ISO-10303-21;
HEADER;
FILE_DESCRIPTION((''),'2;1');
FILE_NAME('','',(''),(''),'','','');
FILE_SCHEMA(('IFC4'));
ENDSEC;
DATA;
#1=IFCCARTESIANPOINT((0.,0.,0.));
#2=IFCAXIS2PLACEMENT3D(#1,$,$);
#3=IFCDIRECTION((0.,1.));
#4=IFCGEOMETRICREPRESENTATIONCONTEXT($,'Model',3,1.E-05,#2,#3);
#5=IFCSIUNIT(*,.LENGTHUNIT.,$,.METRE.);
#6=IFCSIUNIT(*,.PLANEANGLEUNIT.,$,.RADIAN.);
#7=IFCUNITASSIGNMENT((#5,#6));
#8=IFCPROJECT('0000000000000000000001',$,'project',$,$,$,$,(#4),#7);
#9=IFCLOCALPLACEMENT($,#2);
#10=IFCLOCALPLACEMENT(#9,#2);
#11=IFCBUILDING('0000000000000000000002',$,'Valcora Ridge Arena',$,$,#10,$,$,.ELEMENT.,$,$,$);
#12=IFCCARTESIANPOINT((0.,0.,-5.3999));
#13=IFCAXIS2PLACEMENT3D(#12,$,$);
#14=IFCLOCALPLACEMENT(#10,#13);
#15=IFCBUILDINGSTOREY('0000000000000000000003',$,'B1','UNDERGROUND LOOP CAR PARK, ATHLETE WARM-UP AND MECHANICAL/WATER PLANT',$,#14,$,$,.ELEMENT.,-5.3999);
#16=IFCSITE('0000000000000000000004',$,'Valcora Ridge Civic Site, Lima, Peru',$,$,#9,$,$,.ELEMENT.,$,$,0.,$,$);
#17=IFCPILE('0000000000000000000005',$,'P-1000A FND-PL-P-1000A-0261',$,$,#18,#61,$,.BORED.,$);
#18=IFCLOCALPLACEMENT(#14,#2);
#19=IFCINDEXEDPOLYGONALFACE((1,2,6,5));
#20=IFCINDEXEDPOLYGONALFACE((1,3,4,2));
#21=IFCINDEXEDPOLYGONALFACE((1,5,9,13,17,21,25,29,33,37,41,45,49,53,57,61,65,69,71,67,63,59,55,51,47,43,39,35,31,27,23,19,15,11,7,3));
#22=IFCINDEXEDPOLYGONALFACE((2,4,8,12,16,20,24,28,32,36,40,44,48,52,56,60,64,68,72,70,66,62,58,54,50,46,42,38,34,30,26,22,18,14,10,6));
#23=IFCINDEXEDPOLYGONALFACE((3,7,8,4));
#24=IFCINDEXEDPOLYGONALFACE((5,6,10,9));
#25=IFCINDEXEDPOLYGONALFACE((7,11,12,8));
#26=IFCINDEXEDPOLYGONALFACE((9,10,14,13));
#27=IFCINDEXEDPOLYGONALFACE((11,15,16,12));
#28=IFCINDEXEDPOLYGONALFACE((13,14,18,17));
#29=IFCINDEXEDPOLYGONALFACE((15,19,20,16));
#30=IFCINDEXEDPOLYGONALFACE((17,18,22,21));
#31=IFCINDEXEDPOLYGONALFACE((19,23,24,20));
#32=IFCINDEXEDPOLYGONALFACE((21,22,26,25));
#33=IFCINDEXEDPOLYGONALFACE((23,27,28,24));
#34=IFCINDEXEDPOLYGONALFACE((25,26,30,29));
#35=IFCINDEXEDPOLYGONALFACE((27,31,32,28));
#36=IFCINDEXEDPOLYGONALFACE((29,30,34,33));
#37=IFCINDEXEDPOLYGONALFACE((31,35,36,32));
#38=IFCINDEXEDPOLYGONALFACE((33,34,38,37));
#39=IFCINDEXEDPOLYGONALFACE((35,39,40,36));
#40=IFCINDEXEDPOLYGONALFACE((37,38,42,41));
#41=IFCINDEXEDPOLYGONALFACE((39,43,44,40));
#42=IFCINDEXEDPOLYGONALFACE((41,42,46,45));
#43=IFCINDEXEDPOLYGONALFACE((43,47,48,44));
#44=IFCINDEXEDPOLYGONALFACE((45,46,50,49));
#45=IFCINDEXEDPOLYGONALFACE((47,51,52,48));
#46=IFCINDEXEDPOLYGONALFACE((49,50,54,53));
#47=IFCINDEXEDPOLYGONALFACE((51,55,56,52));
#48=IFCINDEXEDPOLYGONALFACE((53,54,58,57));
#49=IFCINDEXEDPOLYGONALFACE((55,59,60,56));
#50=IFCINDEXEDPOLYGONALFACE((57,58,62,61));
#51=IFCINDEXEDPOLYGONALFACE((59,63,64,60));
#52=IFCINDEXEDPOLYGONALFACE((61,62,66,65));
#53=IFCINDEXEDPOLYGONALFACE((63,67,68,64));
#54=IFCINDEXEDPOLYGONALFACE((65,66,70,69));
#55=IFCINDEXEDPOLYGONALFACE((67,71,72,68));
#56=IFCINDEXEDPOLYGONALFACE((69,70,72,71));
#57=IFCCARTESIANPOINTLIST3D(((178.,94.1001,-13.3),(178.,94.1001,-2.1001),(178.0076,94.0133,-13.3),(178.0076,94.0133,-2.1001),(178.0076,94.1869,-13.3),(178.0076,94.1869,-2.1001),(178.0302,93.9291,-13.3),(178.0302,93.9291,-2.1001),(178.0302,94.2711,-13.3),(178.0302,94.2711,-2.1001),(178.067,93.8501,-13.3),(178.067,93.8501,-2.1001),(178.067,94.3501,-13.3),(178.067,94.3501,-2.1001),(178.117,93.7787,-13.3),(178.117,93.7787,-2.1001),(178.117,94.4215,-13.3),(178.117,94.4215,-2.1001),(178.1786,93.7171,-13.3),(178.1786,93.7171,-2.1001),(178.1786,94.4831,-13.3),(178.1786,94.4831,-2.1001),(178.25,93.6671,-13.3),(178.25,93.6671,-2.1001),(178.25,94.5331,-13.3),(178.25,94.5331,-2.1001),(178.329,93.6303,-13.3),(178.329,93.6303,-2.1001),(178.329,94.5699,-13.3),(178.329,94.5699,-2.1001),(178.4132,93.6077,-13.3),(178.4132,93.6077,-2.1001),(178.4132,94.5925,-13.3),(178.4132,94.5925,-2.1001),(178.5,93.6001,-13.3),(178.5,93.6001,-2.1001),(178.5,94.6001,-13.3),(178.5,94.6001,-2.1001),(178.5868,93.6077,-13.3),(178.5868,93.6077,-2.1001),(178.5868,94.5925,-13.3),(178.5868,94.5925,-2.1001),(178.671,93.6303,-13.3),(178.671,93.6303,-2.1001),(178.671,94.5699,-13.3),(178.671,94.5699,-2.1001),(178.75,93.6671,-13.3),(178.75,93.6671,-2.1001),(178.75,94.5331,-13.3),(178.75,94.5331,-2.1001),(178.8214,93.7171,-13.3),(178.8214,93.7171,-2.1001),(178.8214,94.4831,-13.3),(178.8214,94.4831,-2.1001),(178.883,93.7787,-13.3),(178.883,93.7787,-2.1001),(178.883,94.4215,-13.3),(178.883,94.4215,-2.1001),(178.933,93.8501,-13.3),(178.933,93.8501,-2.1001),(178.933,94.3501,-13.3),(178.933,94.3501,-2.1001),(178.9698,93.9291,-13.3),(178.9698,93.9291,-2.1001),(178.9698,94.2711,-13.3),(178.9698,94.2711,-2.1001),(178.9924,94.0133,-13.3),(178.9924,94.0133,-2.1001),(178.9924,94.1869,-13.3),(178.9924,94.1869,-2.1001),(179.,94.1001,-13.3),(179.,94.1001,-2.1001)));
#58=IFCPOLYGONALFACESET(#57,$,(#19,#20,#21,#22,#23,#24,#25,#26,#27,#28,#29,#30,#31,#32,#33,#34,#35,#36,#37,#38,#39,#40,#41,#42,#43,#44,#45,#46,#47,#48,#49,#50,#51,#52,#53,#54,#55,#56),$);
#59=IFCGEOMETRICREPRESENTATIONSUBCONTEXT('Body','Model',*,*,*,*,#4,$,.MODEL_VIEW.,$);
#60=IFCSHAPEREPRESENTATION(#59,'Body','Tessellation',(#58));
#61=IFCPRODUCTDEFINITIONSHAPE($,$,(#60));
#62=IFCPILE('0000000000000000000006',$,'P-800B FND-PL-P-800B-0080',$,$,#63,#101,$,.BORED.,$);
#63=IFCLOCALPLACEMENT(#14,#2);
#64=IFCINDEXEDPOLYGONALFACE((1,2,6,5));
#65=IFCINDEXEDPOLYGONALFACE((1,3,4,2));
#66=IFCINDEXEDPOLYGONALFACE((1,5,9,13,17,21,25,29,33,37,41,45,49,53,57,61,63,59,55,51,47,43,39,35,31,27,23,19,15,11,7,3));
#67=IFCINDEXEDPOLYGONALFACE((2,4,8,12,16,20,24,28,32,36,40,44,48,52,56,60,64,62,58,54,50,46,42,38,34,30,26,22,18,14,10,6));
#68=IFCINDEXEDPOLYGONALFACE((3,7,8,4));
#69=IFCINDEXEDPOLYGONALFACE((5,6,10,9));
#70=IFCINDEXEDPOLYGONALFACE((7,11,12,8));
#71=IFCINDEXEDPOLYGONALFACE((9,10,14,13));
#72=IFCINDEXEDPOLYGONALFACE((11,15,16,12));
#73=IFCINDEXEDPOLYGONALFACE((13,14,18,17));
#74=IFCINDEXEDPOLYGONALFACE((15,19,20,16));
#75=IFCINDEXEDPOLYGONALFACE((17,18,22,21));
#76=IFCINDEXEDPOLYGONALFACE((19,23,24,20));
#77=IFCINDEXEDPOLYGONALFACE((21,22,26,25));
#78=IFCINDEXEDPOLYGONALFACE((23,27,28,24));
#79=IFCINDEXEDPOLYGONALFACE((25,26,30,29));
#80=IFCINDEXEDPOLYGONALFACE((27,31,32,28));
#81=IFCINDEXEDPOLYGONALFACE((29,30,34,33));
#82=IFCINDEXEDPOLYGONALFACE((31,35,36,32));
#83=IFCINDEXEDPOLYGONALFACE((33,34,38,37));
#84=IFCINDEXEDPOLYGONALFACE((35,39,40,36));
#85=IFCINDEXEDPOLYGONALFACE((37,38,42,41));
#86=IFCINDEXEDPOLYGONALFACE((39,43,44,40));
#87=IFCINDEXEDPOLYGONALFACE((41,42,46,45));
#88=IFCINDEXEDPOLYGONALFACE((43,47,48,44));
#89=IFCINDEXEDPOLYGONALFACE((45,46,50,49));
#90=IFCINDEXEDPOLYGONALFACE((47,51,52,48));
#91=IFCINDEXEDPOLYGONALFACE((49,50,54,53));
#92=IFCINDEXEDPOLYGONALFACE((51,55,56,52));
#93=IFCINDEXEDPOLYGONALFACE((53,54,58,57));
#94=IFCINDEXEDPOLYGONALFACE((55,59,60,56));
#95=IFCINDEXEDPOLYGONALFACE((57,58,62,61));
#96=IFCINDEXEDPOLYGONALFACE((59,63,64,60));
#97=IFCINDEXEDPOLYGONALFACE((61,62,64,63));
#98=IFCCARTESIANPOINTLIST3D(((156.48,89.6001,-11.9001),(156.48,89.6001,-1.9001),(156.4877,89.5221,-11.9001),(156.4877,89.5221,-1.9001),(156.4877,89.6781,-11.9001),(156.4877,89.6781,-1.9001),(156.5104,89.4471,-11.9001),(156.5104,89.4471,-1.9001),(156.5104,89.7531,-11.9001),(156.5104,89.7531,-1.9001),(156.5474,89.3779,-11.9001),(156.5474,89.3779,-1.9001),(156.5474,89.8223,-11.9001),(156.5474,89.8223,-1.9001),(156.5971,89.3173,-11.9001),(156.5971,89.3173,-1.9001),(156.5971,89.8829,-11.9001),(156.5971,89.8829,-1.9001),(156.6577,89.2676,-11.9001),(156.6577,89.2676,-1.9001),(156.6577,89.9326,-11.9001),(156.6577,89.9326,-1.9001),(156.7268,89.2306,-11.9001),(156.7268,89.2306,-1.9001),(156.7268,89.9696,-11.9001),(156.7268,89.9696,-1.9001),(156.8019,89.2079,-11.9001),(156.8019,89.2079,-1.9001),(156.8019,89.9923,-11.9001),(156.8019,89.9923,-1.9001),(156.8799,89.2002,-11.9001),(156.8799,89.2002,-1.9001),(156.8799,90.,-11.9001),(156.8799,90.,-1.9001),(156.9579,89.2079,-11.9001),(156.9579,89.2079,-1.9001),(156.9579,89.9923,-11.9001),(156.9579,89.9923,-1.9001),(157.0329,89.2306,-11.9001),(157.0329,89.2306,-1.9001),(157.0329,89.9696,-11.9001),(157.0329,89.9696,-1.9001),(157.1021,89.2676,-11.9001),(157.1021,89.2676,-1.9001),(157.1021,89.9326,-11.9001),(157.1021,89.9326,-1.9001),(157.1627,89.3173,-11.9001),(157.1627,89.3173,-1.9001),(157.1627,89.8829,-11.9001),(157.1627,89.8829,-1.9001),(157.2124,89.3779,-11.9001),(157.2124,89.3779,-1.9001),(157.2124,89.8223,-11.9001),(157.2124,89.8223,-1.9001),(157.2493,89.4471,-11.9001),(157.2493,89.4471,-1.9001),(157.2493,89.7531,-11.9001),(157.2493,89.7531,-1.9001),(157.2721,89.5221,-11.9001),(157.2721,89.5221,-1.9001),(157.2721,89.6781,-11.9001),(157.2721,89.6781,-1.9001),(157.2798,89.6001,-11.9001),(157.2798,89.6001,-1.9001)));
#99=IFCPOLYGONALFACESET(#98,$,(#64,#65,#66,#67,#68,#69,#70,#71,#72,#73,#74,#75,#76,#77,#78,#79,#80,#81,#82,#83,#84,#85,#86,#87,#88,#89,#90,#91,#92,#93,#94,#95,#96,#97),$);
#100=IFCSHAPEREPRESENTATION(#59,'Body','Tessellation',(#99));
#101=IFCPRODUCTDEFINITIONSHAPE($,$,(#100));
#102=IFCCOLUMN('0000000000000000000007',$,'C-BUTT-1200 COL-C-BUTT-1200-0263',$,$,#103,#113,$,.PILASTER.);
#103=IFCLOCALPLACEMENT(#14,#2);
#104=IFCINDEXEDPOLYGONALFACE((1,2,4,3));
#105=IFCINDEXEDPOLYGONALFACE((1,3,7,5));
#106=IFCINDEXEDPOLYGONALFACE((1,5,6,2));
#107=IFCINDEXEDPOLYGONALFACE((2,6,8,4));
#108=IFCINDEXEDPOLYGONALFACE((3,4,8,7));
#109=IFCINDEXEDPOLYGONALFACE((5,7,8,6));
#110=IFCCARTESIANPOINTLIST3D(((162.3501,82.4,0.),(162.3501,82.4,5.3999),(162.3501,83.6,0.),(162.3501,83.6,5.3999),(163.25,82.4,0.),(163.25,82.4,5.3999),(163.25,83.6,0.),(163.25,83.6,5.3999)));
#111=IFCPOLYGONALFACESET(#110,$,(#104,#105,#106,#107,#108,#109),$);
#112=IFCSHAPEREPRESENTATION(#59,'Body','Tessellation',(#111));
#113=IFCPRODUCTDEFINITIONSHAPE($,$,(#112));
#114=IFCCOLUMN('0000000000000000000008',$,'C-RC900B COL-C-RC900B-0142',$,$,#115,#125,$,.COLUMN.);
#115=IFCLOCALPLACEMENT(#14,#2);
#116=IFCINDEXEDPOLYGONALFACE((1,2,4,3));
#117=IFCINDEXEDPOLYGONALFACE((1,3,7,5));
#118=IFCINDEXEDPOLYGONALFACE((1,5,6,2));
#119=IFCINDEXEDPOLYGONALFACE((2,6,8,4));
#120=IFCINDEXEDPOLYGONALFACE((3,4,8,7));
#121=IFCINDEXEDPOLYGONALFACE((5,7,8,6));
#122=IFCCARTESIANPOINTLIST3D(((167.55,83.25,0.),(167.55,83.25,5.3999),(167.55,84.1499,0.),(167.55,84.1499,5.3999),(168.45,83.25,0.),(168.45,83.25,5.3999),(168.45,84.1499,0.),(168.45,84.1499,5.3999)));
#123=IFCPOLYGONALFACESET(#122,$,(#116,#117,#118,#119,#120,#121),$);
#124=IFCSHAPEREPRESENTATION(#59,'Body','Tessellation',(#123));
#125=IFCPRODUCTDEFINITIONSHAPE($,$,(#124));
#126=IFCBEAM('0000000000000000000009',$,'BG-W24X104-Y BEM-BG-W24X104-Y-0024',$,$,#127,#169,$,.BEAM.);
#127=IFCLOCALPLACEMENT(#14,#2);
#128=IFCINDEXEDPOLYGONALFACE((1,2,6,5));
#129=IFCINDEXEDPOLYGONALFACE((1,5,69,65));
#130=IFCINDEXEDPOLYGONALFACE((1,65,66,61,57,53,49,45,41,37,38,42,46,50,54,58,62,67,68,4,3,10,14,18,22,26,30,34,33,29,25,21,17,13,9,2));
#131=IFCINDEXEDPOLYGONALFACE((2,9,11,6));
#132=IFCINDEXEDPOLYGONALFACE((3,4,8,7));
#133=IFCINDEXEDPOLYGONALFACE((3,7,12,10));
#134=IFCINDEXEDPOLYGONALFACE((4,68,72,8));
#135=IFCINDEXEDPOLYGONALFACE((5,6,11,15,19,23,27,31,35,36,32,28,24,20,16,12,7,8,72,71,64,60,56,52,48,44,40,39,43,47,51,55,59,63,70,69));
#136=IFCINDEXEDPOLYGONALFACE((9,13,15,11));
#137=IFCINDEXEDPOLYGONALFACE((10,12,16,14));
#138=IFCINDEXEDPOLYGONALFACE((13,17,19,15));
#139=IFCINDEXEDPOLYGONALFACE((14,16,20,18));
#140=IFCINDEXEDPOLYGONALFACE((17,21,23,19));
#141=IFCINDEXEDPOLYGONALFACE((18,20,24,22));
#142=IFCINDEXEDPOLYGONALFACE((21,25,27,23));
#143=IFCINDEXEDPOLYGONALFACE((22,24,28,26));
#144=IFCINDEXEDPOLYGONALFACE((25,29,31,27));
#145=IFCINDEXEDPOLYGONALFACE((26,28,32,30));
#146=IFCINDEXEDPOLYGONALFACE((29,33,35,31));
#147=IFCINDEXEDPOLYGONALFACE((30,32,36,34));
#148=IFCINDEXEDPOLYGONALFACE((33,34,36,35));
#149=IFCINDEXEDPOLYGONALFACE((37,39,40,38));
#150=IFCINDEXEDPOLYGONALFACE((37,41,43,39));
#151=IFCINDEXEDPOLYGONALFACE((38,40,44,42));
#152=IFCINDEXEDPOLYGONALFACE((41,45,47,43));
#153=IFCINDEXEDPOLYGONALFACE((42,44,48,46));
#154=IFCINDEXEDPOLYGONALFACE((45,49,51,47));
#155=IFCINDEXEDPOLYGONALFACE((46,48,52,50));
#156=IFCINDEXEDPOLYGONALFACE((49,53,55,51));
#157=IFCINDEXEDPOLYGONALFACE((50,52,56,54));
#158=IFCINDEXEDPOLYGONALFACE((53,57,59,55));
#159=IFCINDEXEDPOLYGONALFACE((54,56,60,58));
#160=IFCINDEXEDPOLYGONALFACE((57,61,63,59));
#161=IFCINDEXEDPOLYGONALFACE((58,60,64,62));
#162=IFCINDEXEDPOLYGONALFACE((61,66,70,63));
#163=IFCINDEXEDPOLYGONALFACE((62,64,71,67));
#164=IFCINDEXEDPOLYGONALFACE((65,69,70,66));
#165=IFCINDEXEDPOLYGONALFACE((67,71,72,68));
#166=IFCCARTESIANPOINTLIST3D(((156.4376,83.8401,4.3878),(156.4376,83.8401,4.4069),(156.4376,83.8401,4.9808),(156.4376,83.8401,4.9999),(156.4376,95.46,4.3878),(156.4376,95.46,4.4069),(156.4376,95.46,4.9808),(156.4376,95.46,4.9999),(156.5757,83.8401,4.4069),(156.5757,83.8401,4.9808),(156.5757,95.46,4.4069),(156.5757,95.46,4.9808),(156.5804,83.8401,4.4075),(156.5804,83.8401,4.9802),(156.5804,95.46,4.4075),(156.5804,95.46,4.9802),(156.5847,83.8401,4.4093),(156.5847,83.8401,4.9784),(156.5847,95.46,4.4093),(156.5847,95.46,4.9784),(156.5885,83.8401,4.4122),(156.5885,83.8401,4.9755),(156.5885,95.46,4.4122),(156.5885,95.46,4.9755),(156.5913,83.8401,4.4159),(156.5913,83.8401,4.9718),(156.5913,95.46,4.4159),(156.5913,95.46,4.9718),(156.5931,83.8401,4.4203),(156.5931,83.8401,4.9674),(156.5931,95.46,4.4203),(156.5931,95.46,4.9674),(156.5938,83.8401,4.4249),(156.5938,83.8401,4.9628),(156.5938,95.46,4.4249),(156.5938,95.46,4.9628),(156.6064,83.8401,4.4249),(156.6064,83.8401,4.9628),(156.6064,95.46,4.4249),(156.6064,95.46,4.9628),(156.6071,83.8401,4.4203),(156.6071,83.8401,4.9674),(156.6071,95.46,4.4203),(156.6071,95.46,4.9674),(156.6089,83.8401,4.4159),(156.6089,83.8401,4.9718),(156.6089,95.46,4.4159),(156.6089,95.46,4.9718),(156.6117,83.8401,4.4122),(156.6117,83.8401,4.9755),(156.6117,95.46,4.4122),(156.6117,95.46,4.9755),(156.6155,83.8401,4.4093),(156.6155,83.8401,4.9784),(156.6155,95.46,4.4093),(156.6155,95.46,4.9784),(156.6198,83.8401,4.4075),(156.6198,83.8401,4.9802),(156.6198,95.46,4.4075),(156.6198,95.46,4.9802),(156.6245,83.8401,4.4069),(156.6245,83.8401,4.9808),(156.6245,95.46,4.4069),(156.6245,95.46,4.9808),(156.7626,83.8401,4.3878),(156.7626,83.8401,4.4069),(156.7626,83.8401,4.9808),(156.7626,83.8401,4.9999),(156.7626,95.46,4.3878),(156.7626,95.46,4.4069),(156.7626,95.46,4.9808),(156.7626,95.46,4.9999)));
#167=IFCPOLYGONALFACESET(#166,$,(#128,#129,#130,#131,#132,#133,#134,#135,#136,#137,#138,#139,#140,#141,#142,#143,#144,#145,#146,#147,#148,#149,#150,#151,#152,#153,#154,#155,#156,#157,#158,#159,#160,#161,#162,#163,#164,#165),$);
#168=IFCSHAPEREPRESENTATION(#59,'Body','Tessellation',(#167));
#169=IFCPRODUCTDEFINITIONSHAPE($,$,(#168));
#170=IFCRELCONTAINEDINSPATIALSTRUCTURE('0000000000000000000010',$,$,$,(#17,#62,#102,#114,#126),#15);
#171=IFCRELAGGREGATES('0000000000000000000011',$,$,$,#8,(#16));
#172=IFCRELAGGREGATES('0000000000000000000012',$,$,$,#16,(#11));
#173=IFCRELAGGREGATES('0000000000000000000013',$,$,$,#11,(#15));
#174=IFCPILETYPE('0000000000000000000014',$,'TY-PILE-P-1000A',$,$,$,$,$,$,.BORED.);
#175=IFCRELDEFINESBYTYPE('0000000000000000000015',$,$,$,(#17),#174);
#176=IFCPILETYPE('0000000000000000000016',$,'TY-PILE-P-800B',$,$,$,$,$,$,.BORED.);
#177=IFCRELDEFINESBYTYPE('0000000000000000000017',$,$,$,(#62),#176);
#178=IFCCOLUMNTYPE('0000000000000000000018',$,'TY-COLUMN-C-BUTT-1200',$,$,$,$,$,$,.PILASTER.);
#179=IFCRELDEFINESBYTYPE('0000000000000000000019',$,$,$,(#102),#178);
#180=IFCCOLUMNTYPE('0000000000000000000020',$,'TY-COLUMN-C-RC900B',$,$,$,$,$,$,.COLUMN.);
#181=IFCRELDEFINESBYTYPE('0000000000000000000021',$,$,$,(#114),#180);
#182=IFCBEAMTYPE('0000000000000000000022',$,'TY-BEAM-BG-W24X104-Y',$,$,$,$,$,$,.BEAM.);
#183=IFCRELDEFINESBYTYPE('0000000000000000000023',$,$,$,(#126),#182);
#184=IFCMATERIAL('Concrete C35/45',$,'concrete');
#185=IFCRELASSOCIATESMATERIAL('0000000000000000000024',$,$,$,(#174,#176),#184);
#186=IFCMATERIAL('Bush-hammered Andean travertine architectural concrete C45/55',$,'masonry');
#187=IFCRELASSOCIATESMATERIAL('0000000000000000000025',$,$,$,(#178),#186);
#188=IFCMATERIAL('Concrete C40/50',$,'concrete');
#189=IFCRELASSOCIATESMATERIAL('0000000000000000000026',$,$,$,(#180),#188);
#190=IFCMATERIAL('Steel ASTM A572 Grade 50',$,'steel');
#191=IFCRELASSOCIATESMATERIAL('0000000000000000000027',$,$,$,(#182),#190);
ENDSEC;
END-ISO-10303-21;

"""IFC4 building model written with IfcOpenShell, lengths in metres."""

from ifc_helpers import new_model, si_unit, direction, frame, origin, origin_2d, place, context, subcontext, project, spatial, rectangle, circle, i_section, extrude, material, material_profile, profile_set, type_object, element, save


model = new_model("IFC4")

# Units and contexts
model_context = context("Model", 3, precision=1e-05, world=origin(), true_north=direction((0.0, 1.0)))
body_context = subcontext(model_context, "Body", "Model", "MODEL_VIEW")
ifc_project = project(units=[si_unit("LENGTHUNIT", "METRE"), si_unit("PLANEANGLEUNIT", "RADIAN")], contexts=[model_context])

# Site, building, storey
site_placement = place(None, origin())
site = spatial("IfcSite", under=ifc_project, at=site_placement, Name="Valcora Ridge Civic Site, Lima, Peru", CompositionType="ELEMENT", RefElevation=0.0)
building_placement = place(site_placement, origin())
building = spatial("IfcBuilding", under=site, at=building_placement, Name="Valcora Ridge Arena", CompositionType="ELEMENT")
storey_placement = place(building_placement, frame((0.0, 0.0, -5.3999)))
storey = spatial("IfcBuildingStorey", under=building, at=storey_placement, Name="B1", Description="UNDERGROUND LOOP CAR PARK, ATHLETE WARM-UP AND MECHANICAL/WATER PLANT", CompositionType="ELEMENT", Elevation=-5.3999)

# Shared definitions
ifc_material_1 = material(Name="Concrete C40/50", Category="concrete")

# Piles
ifc_material_2 = material(Name="Concrete C35/45", Category="concrete")
ifc_material_profile_1 = material_profile(ifc_material_2, circle(Radius=0.5, at=origin_2d()), Name="BORED PILE D1000")
ifc_profile_set_1 = profile_set([ifc_material_profile_1], Name="Concrete C35/45")
pile_type_1 = type_object("IfcPileType", Name="TY-PILE-P-1000A", PredefinedType="BORED", material=ifc_profile_set_1)
for number, where, z_axis, x_axis, name in (
    (1, (178.5, 94.1001, -2.1001), (0.0, 0.0, -1.0), (1.0, 0.0, 0.0), "P-1000A FND-PL-P-1000A-0261"),
):
    element("IfcPile", number, at=place(storey_placement, frame(where, z_axis=z_axis, x_axis=x_axis)), inside=storey, type_object=pile_type_1, Name=name, PredefinedType="BORED", context=body_context, shape_type="SweptSolid", body=[
        extrude(circle(Radius=0.5, at=origin_2d()), origin(), (0.0, 0.0, 1.0), 11.2),
    ])
ifc_material_profile_2 = material_profile(ifc_material_2, circle(Radius=0.3999, at=origin_2d()), Name="BORED PILE D800")
ifc_profile_set_2 = profile_set([ifc_material_profile_2], Name="Concrete C35/45")
pile_type_2 = type_object("IfcPileType", Name="TY-PILE-P-800B", PredefinedType="BORED", material=ifc_profile_set_2)
pile_placement = place(storey_placement, frame((156.8799, 89.6001, -1.9001), z_axis=(0.0, 0.0, -1.0), x_axis=(1.0, 0.0, 0.0)))
element("IfcPile", 2, at=pile_placement, inside=storey, type_object=pile_type_2, Name="P-800B FND-PL-P-800B-0080", PredefinedType="BORED", context=body_context, shape_type="SweptSolid", body=[
    extrude(circle(Radius=0.3999, at=origin_2d()), origin(), (0.0, 0.0, 1.0), 10.0),
])

# Columns
ifc_material_3 = material(Name="Bush-hammered Andean travertine architectural concrete C45/55", Category="masonry")
ifc_material_profile_3 = material_profile(ifc_material_3, rectangle(XDim=0.8999, YDim=1.2, at=origin_2d()), Name="RC 900x1200")
ifc_profile_set_3 = profile_set([ifc_material_profile_3], Name="Bush-hammered Andean travertine architectural concrete C45/55")
column_type_1 = type_object("IfcColumnType", Name="TY-COLUMN-C-BUTT-1200", PredefinedType="PILASTER", material=ifc_profile_set_3)
column_1_placement = place(storey_placement, frame((162.8, 83.0, 0.0), z_axis=(0.0, 0.0, 1.0), x_axis=(1.0, 0.0, 0.0)))
element("IfcColumn", 3, at=column_1_placement, inside=storey, type_object=column_type_1, Name="C-BUTT-1200 COL-C-BUTT-1200-0263", PredefinedType="PILASTER", context=body_context, shape_type="SweptSolid", body=[
    extrude(rectangle(XDim=0.8999, YDim=1.2, at=origin_2d()), origin(), (0.0, 0.0, 1.0), 5.3999),
])
ifc_material_profile_4 = material_profile(ifc_material_1, rectangle(XDim=0.8999, YDim=0.8999, at=origin_2d()), Name="RC 900x900")
ifc_profile_set_4 = profile_set([ifc_material_profile_4], Name="Concrete C40/50")
column_type_2 = type_object("IfcColumnType", Name="TY-COLUMN-C-RC900B", PredefinedType="COLUMN", material=ifc_profile_set_4)
column_2_placement = place(storey_placement, frame((168.0, 83.7, 0.0), z_axis=(0.0, 0.0, 1.0), x_axis=(1.0, 0.0, 0.0)))
element("IfcColumn", 4, at=column_2_placement, inside=storey, type_object=column_type_2, Name="C-RC900B COL-C-RC900B-0142", PredefinedType="COLUMN", context=body_context, shape_type="SweptSolid", body=[
    extrude(rectangle(XDim=0.8999, YDim=0.8999, at=origin_2d()), origin(), (0.0, 0.0, 1.0), 5.3999),
])

# Beam
ifc_material_4 = material(Name="Steel ASTM A572 Grade 50", Category="steel")
ifc_material_profile_5 = material_profile(ifc_material_4, i_section(OverallWidth=0.325, OverallDepth=0.6121, WebThickness=0.0127, FlangeThickness=0.019, FilletRadius=0.0181, at=origin_2d()), Name="W24X104")
ifc_profile_set_5 = profile_set([ifc_material_profile_5], Name="Steel ASTM A572 Grade 50")
beam_type_1 = type_object("IfcBeamType", Name="TY-BEAM-BG-W24X104-Y", PredefinedType="BEAM", material=ifc_profile_set_5)
for number, where, z_axis, x_axis, name in (
    (5, (156.6001, 83.8401, 4.6938), (0.0, 1.0, 0.0), (-1.0, 0.0, 0.0), "BG-W24X104-Y BEM-BG-W24X104-Y-0024"),
):
    element("IfcBeam", number, at=place(storey_placement, frame(where, z_axis=z_axis, x_axis=x_axis)), inside=storey, type_object=beam_type_1, Name=name, PredefinedType="BEAM", context=body_context, shape_type="SweptSolid", body=[
        extrude(i_section(OverallWidth=0.325, OverallDepth=0.6121, WebThickness=0.0127, FlangeThickness=0.019, FilletRadius=0.0181, at=origin_2d()), origin(), (0.0, 0.0, 1.0), 11.6199),
    ])

save(model, "model.ifc")
